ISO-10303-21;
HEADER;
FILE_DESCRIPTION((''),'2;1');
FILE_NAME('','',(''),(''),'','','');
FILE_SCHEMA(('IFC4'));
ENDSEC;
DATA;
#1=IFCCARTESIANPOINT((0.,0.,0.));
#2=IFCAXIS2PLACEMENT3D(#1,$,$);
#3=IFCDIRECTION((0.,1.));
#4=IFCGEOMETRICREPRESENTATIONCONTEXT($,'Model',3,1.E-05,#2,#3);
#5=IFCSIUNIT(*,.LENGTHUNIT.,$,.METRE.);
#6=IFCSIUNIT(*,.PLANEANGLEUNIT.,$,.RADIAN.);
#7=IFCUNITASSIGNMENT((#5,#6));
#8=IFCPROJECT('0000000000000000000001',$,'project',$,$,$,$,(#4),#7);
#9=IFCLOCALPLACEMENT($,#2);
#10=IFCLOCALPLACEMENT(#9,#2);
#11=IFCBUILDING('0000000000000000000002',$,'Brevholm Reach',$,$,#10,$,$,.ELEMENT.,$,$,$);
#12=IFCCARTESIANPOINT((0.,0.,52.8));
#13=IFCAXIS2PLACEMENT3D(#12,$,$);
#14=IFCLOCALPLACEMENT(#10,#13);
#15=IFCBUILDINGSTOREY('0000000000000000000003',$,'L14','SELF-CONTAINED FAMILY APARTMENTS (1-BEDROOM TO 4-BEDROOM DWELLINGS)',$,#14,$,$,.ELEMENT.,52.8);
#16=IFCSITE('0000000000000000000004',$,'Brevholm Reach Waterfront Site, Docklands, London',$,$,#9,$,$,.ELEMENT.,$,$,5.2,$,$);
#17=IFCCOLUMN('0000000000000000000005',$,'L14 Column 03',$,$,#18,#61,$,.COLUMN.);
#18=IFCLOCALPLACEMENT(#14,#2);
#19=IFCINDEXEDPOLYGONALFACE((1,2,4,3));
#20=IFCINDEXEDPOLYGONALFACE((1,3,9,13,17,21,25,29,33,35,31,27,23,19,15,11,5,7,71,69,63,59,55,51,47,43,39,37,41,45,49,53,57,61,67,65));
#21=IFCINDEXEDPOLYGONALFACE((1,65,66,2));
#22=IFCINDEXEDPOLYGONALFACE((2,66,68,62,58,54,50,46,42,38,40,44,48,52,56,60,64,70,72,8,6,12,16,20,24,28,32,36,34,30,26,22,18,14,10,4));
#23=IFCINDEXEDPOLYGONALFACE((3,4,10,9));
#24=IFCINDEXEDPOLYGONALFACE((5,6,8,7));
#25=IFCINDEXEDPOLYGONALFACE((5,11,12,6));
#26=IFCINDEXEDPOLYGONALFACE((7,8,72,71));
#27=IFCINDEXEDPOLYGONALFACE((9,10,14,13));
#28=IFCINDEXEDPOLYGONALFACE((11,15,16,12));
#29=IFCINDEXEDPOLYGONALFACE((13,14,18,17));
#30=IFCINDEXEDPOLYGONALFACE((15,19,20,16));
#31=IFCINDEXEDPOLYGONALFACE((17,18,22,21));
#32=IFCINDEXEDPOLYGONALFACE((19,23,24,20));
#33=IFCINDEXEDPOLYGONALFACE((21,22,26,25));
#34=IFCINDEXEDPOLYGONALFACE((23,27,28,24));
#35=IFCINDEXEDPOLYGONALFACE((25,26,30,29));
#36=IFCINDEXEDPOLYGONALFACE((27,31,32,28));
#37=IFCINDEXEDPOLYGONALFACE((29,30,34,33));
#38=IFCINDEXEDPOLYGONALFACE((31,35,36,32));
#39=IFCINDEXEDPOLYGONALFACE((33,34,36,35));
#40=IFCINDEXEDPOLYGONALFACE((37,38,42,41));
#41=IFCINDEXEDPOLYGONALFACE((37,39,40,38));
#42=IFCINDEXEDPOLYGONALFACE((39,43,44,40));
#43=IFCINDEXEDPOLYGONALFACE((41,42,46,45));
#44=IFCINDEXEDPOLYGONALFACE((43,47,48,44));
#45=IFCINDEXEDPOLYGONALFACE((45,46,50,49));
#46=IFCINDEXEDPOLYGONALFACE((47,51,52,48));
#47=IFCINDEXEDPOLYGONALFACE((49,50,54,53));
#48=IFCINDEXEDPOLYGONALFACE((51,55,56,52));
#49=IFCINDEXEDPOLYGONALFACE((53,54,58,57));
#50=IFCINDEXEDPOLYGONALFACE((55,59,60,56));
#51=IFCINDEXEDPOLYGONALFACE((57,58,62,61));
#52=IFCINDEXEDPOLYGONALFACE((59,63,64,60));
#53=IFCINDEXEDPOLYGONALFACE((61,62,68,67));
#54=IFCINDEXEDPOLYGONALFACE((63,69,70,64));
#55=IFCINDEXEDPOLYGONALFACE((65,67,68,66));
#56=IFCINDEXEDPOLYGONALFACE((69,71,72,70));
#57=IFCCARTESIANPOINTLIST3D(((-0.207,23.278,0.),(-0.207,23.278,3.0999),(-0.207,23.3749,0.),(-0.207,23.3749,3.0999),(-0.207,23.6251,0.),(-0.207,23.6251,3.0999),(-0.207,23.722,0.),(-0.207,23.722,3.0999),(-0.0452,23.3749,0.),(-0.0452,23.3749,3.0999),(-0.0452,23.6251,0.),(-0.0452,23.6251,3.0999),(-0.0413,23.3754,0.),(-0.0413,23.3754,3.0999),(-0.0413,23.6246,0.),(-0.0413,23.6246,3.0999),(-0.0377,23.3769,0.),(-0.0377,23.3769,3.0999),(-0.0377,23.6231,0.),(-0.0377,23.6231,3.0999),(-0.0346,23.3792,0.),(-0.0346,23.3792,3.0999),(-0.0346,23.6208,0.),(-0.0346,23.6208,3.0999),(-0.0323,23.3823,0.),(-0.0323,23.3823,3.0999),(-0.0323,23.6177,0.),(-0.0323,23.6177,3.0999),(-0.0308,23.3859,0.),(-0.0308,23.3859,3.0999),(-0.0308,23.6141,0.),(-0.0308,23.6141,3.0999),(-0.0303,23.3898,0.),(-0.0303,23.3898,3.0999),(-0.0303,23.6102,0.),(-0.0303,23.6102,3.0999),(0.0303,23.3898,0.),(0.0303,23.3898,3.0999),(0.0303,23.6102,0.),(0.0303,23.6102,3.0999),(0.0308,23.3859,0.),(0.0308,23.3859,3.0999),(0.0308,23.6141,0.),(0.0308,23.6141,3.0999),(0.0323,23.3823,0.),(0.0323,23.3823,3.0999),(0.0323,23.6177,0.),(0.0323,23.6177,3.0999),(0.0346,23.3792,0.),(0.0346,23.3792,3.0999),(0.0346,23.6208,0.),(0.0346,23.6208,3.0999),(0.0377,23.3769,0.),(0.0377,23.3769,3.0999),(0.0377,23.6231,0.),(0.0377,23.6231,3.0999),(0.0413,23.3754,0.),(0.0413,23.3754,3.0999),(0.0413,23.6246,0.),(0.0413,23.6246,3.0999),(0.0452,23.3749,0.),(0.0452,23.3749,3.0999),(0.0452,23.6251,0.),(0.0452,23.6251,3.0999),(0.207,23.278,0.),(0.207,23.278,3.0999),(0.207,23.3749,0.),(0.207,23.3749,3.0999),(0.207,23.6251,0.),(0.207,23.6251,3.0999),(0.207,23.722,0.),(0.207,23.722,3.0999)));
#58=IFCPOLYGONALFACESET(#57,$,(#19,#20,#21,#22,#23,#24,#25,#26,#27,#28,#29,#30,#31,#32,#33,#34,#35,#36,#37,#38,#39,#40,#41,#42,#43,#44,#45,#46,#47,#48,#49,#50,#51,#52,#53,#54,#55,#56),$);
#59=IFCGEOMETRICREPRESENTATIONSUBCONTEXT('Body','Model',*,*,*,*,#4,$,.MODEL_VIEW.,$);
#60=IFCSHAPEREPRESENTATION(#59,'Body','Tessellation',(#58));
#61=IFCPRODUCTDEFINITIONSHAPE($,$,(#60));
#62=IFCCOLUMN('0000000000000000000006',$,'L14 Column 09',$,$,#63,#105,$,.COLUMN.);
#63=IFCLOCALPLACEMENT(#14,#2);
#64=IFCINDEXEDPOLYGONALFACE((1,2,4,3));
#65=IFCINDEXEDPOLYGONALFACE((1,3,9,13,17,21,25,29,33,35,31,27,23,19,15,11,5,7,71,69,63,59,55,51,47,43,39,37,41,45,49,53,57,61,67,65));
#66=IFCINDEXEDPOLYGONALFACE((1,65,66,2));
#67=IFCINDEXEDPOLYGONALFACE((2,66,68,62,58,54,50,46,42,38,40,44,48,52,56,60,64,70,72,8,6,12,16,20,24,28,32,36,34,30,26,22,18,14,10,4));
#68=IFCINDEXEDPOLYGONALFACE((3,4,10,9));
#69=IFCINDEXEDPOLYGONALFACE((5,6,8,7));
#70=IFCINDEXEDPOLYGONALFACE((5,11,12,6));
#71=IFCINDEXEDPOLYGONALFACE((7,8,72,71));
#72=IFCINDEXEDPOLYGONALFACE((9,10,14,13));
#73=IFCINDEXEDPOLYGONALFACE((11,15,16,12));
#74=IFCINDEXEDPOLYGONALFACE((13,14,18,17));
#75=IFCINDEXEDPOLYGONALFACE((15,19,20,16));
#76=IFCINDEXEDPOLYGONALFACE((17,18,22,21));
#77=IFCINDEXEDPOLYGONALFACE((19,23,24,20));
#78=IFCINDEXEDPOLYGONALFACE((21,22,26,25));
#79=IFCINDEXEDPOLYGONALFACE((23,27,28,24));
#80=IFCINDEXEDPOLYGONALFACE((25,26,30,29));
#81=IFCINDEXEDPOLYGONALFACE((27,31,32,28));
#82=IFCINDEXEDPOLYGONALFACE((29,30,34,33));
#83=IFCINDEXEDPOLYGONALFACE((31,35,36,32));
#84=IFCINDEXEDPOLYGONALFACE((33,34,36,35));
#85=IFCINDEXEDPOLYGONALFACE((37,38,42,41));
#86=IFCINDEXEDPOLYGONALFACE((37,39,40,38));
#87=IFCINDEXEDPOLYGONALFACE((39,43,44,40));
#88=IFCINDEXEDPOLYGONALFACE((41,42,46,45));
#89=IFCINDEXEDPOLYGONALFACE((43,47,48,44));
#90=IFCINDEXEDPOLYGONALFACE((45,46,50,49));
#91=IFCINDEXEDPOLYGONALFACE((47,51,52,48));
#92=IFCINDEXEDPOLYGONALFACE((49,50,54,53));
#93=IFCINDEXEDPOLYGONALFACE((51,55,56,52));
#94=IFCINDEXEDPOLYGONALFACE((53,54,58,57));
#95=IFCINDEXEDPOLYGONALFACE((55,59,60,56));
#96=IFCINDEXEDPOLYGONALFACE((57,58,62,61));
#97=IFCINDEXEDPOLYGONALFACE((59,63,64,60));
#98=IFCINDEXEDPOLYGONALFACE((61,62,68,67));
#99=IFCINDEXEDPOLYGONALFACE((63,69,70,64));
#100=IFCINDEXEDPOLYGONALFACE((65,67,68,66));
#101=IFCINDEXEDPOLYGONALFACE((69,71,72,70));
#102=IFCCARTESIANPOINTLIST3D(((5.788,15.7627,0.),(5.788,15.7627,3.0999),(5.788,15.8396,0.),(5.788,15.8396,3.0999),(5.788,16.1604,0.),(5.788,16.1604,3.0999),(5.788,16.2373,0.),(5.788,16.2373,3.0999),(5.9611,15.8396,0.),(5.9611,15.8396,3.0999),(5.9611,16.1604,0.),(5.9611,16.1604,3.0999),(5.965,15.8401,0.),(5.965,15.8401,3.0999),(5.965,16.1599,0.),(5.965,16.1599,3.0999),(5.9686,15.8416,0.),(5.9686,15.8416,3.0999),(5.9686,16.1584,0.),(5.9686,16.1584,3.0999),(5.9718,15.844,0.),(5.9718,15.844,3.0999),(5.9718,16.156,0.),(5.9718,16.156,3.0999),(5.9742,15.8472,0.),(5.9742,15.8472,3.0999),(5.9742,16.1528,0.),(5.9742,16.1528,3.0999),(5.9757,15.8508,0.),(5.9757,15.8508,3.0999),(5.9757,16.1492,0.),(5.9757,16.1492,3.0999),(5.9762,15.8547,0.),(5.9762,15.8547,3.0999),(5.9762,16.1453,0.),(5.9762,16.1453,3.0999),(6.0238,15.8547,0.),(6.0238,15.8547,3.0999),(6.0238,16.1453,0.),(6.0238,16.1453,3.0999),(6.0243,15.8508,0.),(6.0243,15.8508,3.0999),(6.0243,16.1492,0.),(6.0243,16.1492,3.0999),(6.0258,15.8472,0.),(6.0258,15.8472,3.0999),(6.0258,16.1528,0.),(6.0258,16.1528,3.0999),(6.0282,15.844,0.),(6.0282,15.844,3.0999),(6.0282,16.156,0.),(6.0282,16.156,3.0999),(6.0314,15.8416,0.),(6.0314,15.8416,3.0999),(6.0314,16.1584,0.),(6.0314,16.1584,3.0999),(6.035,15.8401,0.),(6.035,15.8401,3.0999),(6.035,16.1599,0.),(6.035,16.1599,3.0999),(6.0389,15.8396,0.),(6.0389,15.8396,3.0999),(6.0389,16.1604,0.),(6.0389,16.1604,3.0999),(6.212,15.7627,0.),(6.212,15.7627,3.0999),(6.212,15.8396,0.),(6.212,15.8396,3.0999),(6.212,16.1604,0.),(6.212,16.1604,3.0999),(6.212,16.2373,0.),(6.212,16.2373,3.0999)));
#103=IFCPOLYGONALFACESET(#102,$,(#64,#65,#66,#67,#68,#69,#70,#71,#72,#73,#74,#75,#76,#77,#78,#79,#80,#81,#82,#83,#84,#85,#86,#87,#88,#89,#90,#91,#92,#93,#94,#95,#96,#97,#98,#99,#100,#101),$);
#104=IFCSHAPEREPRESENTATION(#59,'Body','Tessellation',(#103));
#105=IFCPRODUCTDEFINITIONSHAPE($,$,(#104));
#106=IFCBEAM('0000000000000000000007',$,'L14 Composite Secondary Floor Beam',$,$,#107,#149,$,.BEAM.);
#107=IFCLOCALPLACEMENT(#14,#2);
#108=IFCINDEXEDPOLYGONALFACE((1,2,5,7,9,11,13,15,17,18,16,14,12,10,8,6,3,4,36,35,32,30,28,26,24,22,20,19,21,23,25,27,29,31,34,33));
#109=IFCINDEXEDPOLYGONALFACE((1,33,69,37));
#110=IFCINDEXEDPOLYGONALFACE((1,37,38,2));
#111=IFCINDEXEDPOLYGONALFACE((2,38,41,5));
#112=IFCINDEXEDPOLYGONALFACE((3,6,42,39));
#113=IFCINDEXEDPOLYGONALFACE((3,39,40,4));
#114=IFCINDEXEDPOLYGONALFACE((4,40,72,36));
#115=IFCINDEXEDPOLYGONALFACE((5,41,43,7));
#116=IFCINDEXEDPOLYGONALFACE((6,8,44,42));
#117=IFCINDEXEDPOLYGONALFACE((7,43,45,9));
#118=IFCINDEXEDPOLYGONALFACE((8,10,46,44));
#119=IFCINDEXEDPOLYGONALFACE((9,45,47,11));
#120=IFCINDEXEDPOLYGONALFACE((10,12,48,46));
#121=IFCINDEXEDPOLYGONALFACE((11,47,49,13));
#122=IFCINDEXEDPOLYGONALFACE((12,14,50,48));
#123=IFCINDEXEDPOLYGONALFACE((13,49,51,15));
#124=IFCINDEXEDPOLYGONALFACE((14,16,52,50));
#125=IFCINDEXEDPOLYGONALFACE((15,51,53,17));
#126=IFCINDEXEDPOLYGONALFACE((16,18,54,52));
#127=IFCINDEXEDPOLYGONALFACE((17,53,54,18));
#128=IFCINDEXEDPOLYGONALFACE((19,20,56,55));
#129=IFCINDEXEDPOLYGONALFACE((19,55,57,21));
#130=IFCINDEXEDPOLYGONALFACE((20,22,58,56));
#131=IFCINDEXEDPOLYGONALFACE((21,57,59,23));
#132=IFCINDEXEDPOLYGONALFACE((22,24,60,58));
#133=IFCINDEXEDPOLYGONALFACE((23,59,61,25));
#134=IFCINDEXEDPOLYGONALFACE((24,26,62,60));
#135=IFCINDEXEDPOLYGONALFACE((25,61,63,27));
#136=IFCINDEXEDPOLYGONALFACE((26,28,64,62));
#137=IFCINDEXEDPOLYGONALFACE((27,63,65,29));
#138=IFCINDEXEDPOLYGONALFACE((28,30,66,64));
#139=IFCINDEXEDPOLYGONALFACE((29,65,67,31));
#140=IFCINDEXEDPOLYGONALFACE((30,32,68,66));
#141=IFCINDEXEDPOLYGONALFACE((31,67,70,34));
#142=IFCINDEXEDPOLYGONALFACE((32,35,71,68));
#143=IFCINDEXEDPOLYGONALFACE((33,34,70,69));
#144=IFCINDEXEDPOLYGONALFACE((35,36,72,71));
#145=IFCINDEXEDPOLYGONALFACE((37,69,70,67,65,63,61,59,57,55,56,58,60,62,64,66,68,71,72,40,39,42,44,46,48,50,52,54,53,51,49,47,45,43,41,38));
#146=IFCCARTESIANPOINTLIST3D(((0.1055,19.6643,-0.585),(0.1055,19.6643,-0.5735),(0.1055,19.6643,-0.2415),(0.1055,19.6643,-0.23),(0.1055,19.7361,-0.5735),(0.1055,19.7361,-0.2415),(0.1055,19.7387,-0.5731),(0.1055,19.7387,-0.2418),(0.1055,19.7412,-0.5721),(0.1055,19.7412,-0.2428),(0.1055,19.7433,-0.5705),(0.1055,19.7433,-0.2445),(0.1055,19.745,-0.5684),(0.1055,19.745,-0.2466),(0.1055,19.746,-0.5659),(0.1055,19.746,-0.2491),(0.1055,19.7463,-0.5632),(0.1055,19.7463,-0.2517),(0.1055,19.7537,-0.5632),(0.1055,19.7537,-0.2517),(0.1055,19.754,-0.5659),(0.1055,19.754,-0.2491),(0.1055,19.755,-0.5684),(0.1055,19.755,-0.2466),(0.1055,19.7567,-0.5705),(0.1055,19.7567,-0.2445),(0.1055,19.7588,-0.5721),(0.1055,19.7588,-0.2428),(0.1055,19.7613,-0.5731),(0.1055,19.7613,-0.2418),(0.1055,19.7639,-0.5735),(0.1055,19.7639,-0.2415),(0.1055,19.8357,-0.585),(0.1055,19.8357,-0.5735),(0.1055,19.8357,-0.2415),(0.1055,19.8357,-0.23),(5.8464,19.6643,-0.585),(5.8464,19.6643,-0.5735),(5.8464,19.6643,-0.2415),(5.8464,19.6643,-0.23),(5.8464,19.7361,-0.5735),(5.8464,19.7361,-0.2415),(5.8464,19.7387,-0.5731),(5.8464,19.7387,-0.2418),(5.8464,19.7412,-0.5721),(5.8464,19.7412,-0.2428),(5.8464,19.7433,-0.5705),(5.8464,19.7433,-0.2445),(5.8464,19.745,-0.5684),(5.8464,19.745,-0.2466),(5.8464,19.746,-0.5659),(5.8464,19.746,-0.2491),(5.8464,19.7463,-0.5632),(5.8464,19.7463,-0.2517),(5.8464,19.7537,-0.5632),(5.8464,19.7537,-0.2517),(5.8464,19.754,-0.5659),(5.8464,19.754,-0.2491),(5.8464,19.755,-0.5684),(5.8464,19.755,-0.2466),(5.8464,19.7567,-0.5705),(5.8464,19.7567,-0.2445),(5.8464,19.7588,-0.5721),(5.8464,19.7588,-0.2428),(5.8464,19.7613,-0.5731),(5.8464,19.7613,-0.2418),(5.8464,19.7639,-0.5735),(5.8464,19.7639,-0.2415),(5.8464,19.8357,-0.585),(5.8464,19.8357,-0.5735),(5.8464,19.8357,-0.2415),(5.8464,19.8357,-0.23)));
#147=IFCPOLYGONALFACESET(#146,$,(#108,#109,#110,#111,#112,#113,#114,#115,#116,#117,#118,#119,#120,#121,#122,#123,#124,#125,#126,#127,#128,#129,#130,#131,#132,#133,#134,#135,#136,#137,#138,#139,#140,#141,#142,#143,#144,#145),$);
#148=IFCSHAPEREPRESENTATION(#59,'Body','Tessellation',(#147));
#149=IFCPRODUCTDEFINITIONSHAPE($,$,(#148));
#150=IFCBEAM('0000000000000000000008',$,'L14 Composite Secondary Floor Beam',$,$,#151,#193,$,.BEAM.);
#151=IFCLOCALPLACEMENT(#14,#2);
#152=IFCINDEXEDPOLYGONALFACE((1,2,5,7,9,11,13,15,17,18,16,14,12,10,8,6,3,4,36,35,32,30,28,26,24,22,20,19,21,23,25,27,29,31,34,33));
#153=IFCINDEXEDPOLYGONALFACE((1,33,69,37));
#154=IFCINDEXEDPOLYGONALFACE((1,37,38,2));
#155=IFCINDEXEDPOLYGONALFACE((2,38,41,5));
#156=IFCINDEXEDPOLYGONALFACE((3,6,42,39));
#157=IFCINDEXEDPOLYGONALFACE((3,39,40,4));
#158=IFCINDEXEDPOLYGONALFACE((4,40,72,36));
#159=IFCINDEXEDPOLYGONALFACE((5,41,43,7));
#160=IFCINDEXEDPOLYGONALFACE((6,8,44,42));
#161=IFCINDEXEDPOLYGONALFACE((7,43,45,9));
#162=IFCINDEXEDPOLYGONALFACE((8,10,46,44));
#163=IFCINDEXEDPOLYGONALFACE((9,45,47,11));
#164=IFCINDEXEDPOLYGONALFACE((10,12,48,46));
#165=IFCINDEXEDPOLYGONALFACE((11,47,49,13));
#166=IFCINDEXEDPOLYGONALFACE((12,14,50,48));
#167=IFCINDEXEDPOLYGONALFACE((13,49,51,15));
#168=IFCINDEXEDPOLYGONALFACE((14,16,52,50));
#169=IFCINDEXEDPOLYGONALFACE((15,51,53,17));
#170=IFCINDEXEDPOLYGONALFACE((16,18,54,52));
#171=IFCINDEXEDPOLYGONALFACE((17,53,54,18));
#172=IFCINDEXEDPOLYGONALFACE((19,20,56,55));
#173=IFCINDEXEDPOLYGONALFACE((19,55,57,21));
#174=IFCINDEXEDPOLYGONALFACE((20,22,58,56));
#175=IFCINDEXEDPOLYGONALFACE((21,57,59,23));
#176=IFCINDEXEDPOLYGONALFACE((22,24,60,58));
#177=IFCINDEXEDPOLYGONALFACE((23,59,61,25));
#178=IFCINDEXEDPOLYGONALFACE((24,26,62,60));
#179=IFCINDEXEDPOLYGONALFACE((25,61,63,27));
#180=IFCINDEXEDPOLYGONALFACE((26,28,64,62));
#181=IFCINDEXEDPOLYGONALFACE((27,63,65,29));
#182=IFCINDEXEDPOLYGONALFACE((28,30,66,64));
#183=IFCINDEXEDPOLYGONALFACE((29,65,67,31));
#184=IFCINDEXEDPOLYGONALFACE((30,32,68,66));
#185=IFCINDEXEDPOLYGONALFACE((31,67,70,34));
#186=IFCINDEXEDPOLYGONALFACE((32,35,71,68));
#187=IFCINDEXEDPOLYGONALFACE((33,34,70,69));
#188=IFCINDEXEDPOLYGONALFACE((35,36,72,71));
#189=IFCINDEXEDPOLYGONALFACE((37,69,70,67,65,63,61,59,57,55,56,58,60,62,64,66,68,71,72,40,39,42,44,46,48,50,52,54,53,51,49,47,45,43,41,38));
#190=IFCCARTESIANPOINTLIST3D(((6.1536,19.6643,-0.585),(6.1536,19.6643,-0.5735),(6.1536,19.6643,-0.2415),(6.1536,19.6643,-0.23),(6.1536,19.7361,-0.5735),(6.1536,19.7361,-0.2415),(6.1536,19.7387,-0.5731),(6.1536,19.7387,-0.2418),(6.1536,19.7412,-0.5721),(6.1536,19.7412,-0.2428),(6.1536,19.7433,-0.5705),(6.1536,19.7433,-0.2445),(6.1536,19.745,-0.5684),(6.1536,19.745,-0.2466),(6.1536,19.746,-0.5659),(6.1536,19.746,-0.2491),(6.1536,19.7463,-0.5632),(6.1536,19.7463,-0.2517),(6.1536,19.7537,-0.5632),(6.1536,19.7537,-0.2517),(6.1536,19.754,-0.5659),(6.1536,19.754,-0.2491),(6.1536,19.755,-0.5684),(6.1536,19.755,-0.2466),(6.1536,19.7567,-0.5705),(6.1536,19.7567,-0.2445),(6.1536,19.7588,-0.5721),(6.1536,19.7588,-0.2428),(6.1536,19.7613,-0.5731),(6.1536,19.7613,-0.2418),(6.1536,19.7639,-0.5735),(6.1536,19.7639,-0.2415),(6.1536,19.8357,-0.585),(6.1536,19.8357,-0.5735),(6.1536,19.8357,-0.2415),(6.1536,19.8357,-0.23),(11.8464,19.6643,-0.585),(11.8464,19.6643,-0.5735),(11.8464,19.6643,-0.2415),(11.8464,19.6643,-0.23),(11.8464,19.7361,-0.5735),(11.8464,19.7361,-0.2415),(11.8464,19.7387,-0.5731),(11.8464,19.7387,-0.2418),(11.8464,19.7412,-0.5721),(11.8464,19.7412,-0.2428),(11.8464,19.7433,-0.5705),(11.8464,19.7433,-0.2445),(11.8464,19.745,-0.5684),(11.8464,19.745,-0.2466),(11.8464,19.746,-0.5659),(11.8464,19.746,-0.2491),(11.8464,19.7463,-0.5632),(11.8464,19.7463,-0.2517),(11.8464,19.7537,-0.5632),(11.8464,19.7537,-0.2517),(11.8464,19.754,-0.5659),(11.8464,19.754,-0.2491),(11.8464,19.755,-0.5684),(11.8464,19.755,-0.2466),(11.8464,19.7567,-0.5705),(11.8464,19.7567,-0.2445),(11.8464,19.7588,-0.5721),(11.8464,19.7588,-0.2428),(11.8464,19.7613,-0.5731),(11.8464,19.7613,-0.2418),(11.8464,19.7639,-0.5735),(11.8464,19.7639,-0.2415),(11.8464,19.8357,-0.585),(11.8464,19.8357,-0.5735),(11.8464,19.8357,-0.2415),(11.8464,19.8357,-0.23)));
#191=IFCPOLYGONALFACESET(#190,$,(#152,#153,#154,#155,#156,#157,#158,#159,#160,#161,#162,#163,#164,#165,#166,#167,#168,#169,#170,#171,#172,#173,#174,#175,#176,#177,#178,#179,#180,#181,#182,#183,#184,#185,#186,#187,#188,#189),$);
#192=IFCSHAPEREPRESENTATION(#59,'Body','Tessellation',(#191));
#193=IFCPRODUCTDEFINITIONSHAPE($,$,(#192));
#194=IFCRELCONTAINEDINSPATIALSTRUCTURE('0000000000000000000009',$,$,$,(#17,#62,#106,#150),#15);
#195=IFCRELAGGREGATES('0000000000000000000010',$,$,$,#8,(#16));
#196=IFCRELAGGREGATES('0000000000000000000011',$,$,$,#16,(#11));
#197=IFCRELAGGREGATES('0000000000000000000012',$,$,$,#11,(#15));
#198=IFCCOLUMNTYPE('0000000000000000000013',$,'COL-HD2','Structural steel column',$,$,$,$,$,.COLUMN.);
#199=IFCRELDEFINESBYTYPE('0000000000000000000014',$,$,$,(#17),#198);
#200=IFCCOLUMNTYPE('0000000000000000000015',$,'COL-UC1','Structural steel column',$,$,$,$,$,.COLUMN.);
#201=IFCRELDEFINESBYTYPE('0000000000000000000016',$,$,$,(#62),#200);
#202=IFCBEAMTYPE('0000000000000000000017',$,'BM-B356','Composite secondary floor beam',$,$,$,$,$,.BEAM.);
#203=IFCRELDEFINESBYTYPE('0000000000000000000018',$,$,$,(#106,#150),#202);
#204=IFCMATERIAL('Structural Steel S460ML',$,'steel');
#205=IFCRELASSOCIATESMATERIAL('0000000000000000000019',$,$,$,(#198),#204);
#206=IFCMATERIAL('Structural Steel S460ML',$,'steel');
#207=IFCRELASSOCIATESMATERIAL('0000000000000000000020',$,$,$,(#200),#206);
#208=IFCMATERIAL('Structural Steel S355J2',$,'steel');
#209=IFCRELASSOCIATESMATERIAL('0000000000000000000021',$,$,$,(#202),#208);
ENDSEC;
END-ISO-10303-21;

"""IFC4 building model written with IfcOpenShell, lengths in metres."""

from ifc_helpers import new_model, si_unit, direction, frame, origin, origin_2d, place, context, subcontext, project, spatial, i_section, extrude, material, material_profile, profile_set, type_object, element, save


model = new_model("IFC4")

# Units and contexts
model_context = context("Model", 3, precision=1e-05, world=origin(), true_north=direction((0.0, 1.0)))
body_context = subcontext(model_context, "Body", "Model", "MODEL_VIEW")
ifc_project = project(units=[si_unit("LENGTHUNIT", "METRE"), si_unit("PLANEANGLEUNIT", "RADIAN")], contexts=[model_context])

# Site, building, storey
site_placement = place(None, origin())
site = spatial("IfcSite", under=ifc_project, at=site_placement, Name="Brevholm Reach Waterfront Site, Docklands, London", CompositionType="ELEMENT", RefElevation=5.2)
building_placement = place(site_placement, origin())
building = spatial("IfcBuilding", under=site, at=building_placement, Name="Brevholm Reach", CompositionType="ELEMENT")
storey_placement = place(building_placement, frame((0.0, 0.0, 52.8)))
storey = spatial("IfcBuildingStorey", under=building, at=storey_placement, Name="L14", Description="SELF-CONTAINED FAMILY APARTMENTS (1-BEDROOM TO 4-BEDROOM DWELLINGS)", CompositionType="ELEMENT", Elevation=52.8)

# Columns
ifc_material_1 = material(Name="Structural Steel S460ML", Category="steel")
ifc_material_profile_1 = material_profile(ifc_material_1, i_section(OverallWidth=0.4141, OverallDepth=0.4441, WebThickness=0.0605, FlangeThickness=0.0969, FilletRadius=0.0149, at=origin_2d()), Name="HD 400x818")
ifc_profile_set_1 = profile_set([ifc_material_profile_1], Name="Structural Steel S460ML")
column_type_1 = type_object("IfcColumnType", Name="COL-HD2", Description="Structural steel column", PredefinedType="COLUMN", material=ifc_profile_set_1)
column_1_placement = place(storey_placement, frame((0.0, 23.5, 0.0), z_axis=(0.0, 0.0, 1.0), x_axis=(1.0, 0.0, 0.0)))
element("IfcColumn", 1, at=column_1_placement, inside=storey, type_object=column_type_1, Name="L14 Column 03", PredefinedType="COLUMN", context=body_context, shape_type="SweptSolid", body=[
    extrude(i_section(OverallWidth=0.4141, OverallDepth=0.4441, WebThickness=0.0605, FlangeThickness=0.0969, FilletRadius=0.0149, at=origin_2d()), origin(), (0.0, 0.0, 1.0), 3.0999),
])
ifc_material_2 = material(Name="Structural Steel S460ML", Category="steel")
ifc_material_profile_2 = material_profile(ifc_material_2, i_section(OverallWidth=0.4241, OverallDepth=0.4746, WebThickness=0.0476, FlangeThickness=0.0769, FilletRadius=0.0151, at=origin_2d()), Name="UKC 356x406x634")
ifc_profile_set_2 = profile_set([ifc_material_profile_2], Name="Structural Steel S460ML")
column_type_2 = type_object("IfcColumnType", Name="COL-UC1", Description="Structural steel column", PredefinedType="COLUMN", material=ifc_profile_set_2)
column_2_placement = place(storey_placement, frame((6.0, 16.0, 0.0), z_axis=(0.0, 0.0, 1.0), x_axis=(1.0, 0.0, 0.0)))
element("IfcColumn", 2, at=column_2_placement, inside=storey, type_object=column_type_2, Name="L14 Column 09", PredefinedType="COLUMN", context=body_context, shape_type="SweptSolid", body=[
    extrude(i_section(OverallWidth=0.4241, OverallDepth=0.4746, WebThickness=0.0476, FlangeThickness=0.0769, FilletRadius=0.0151, at=origin_2d()), origin(), (0.0, 0.0, 1.0), 3.0999),
])

# Beams
ifc_material_3 = material(Name="Structural Steel S355J2", Category="steel")
ifc_material_profile_3 = material_profile(ifc_material_3, i_section(OverallWidth=0.1714, OverallDepth=0.355, WebThickness=0.0073, FlangeThickness=0.0115, FilletRadius=0.0103, at=origin_2d()), Name="UKB 356x171x51")
ifc_profile_set_3 = profile_set([ifc_material_profile_3], Name="Structural Steel S355J2")
beam_type_1 = type_object("IfcBeamType", Name="BM-B356", Description="Composite secondary floor beam", PredefinedType="BEAM", material=ifc_profile_set_3)
beam_1_placement = place(storey_placement, frame((0.1055, 19.75, -0.4075), z_axis=(1.0, 0.0, 0.0), x_axis=(0.0, 1.0, 0.0)))
element("IfcBeam", 3, at=beam_1_placement, inside=storey, type_object=beam_type_1, Name="L14 Composite Secondary Floor Beam", PredefinedType="BEAM", context=body_context, shape_type="SweptSolid", body=[
    extrude(i_section(OverallWidth=0.1714, OverallDepth=0.355, WebThickness=0.0073, FlangeThickness=0.0115, FilletRadius=0.0103, at=origin_2d()), origin(), (0.0, 0.0, 1.0), 5.741),
])
beam_2_placement = place(storey_placement, frame((6.1536, 19.75, -0.4075), z_axis=(1.0, 0.0, 0.0), x_axis=(0.0, 1.0, 0.0)))
element("IfcBeam", 4, at=beam_2_placement, inside=storey, type_object=beam_type_1, Name="L14 Composite Secondary Floor Beam", PredefinedType="BEAM", context=body_context, shape_type="SweptSolid", body=[
    extrude(i_section(OverallWidth=0.1714, OverallDepth=0.355, WebThickness=0.0073, FlangeThickness=0.0115, FilletRadius=0.0103, at=origin_2d()), origin(), (0.0, 0.0, 1.0), 5.6929),
])

save(model, "model.ifc")
